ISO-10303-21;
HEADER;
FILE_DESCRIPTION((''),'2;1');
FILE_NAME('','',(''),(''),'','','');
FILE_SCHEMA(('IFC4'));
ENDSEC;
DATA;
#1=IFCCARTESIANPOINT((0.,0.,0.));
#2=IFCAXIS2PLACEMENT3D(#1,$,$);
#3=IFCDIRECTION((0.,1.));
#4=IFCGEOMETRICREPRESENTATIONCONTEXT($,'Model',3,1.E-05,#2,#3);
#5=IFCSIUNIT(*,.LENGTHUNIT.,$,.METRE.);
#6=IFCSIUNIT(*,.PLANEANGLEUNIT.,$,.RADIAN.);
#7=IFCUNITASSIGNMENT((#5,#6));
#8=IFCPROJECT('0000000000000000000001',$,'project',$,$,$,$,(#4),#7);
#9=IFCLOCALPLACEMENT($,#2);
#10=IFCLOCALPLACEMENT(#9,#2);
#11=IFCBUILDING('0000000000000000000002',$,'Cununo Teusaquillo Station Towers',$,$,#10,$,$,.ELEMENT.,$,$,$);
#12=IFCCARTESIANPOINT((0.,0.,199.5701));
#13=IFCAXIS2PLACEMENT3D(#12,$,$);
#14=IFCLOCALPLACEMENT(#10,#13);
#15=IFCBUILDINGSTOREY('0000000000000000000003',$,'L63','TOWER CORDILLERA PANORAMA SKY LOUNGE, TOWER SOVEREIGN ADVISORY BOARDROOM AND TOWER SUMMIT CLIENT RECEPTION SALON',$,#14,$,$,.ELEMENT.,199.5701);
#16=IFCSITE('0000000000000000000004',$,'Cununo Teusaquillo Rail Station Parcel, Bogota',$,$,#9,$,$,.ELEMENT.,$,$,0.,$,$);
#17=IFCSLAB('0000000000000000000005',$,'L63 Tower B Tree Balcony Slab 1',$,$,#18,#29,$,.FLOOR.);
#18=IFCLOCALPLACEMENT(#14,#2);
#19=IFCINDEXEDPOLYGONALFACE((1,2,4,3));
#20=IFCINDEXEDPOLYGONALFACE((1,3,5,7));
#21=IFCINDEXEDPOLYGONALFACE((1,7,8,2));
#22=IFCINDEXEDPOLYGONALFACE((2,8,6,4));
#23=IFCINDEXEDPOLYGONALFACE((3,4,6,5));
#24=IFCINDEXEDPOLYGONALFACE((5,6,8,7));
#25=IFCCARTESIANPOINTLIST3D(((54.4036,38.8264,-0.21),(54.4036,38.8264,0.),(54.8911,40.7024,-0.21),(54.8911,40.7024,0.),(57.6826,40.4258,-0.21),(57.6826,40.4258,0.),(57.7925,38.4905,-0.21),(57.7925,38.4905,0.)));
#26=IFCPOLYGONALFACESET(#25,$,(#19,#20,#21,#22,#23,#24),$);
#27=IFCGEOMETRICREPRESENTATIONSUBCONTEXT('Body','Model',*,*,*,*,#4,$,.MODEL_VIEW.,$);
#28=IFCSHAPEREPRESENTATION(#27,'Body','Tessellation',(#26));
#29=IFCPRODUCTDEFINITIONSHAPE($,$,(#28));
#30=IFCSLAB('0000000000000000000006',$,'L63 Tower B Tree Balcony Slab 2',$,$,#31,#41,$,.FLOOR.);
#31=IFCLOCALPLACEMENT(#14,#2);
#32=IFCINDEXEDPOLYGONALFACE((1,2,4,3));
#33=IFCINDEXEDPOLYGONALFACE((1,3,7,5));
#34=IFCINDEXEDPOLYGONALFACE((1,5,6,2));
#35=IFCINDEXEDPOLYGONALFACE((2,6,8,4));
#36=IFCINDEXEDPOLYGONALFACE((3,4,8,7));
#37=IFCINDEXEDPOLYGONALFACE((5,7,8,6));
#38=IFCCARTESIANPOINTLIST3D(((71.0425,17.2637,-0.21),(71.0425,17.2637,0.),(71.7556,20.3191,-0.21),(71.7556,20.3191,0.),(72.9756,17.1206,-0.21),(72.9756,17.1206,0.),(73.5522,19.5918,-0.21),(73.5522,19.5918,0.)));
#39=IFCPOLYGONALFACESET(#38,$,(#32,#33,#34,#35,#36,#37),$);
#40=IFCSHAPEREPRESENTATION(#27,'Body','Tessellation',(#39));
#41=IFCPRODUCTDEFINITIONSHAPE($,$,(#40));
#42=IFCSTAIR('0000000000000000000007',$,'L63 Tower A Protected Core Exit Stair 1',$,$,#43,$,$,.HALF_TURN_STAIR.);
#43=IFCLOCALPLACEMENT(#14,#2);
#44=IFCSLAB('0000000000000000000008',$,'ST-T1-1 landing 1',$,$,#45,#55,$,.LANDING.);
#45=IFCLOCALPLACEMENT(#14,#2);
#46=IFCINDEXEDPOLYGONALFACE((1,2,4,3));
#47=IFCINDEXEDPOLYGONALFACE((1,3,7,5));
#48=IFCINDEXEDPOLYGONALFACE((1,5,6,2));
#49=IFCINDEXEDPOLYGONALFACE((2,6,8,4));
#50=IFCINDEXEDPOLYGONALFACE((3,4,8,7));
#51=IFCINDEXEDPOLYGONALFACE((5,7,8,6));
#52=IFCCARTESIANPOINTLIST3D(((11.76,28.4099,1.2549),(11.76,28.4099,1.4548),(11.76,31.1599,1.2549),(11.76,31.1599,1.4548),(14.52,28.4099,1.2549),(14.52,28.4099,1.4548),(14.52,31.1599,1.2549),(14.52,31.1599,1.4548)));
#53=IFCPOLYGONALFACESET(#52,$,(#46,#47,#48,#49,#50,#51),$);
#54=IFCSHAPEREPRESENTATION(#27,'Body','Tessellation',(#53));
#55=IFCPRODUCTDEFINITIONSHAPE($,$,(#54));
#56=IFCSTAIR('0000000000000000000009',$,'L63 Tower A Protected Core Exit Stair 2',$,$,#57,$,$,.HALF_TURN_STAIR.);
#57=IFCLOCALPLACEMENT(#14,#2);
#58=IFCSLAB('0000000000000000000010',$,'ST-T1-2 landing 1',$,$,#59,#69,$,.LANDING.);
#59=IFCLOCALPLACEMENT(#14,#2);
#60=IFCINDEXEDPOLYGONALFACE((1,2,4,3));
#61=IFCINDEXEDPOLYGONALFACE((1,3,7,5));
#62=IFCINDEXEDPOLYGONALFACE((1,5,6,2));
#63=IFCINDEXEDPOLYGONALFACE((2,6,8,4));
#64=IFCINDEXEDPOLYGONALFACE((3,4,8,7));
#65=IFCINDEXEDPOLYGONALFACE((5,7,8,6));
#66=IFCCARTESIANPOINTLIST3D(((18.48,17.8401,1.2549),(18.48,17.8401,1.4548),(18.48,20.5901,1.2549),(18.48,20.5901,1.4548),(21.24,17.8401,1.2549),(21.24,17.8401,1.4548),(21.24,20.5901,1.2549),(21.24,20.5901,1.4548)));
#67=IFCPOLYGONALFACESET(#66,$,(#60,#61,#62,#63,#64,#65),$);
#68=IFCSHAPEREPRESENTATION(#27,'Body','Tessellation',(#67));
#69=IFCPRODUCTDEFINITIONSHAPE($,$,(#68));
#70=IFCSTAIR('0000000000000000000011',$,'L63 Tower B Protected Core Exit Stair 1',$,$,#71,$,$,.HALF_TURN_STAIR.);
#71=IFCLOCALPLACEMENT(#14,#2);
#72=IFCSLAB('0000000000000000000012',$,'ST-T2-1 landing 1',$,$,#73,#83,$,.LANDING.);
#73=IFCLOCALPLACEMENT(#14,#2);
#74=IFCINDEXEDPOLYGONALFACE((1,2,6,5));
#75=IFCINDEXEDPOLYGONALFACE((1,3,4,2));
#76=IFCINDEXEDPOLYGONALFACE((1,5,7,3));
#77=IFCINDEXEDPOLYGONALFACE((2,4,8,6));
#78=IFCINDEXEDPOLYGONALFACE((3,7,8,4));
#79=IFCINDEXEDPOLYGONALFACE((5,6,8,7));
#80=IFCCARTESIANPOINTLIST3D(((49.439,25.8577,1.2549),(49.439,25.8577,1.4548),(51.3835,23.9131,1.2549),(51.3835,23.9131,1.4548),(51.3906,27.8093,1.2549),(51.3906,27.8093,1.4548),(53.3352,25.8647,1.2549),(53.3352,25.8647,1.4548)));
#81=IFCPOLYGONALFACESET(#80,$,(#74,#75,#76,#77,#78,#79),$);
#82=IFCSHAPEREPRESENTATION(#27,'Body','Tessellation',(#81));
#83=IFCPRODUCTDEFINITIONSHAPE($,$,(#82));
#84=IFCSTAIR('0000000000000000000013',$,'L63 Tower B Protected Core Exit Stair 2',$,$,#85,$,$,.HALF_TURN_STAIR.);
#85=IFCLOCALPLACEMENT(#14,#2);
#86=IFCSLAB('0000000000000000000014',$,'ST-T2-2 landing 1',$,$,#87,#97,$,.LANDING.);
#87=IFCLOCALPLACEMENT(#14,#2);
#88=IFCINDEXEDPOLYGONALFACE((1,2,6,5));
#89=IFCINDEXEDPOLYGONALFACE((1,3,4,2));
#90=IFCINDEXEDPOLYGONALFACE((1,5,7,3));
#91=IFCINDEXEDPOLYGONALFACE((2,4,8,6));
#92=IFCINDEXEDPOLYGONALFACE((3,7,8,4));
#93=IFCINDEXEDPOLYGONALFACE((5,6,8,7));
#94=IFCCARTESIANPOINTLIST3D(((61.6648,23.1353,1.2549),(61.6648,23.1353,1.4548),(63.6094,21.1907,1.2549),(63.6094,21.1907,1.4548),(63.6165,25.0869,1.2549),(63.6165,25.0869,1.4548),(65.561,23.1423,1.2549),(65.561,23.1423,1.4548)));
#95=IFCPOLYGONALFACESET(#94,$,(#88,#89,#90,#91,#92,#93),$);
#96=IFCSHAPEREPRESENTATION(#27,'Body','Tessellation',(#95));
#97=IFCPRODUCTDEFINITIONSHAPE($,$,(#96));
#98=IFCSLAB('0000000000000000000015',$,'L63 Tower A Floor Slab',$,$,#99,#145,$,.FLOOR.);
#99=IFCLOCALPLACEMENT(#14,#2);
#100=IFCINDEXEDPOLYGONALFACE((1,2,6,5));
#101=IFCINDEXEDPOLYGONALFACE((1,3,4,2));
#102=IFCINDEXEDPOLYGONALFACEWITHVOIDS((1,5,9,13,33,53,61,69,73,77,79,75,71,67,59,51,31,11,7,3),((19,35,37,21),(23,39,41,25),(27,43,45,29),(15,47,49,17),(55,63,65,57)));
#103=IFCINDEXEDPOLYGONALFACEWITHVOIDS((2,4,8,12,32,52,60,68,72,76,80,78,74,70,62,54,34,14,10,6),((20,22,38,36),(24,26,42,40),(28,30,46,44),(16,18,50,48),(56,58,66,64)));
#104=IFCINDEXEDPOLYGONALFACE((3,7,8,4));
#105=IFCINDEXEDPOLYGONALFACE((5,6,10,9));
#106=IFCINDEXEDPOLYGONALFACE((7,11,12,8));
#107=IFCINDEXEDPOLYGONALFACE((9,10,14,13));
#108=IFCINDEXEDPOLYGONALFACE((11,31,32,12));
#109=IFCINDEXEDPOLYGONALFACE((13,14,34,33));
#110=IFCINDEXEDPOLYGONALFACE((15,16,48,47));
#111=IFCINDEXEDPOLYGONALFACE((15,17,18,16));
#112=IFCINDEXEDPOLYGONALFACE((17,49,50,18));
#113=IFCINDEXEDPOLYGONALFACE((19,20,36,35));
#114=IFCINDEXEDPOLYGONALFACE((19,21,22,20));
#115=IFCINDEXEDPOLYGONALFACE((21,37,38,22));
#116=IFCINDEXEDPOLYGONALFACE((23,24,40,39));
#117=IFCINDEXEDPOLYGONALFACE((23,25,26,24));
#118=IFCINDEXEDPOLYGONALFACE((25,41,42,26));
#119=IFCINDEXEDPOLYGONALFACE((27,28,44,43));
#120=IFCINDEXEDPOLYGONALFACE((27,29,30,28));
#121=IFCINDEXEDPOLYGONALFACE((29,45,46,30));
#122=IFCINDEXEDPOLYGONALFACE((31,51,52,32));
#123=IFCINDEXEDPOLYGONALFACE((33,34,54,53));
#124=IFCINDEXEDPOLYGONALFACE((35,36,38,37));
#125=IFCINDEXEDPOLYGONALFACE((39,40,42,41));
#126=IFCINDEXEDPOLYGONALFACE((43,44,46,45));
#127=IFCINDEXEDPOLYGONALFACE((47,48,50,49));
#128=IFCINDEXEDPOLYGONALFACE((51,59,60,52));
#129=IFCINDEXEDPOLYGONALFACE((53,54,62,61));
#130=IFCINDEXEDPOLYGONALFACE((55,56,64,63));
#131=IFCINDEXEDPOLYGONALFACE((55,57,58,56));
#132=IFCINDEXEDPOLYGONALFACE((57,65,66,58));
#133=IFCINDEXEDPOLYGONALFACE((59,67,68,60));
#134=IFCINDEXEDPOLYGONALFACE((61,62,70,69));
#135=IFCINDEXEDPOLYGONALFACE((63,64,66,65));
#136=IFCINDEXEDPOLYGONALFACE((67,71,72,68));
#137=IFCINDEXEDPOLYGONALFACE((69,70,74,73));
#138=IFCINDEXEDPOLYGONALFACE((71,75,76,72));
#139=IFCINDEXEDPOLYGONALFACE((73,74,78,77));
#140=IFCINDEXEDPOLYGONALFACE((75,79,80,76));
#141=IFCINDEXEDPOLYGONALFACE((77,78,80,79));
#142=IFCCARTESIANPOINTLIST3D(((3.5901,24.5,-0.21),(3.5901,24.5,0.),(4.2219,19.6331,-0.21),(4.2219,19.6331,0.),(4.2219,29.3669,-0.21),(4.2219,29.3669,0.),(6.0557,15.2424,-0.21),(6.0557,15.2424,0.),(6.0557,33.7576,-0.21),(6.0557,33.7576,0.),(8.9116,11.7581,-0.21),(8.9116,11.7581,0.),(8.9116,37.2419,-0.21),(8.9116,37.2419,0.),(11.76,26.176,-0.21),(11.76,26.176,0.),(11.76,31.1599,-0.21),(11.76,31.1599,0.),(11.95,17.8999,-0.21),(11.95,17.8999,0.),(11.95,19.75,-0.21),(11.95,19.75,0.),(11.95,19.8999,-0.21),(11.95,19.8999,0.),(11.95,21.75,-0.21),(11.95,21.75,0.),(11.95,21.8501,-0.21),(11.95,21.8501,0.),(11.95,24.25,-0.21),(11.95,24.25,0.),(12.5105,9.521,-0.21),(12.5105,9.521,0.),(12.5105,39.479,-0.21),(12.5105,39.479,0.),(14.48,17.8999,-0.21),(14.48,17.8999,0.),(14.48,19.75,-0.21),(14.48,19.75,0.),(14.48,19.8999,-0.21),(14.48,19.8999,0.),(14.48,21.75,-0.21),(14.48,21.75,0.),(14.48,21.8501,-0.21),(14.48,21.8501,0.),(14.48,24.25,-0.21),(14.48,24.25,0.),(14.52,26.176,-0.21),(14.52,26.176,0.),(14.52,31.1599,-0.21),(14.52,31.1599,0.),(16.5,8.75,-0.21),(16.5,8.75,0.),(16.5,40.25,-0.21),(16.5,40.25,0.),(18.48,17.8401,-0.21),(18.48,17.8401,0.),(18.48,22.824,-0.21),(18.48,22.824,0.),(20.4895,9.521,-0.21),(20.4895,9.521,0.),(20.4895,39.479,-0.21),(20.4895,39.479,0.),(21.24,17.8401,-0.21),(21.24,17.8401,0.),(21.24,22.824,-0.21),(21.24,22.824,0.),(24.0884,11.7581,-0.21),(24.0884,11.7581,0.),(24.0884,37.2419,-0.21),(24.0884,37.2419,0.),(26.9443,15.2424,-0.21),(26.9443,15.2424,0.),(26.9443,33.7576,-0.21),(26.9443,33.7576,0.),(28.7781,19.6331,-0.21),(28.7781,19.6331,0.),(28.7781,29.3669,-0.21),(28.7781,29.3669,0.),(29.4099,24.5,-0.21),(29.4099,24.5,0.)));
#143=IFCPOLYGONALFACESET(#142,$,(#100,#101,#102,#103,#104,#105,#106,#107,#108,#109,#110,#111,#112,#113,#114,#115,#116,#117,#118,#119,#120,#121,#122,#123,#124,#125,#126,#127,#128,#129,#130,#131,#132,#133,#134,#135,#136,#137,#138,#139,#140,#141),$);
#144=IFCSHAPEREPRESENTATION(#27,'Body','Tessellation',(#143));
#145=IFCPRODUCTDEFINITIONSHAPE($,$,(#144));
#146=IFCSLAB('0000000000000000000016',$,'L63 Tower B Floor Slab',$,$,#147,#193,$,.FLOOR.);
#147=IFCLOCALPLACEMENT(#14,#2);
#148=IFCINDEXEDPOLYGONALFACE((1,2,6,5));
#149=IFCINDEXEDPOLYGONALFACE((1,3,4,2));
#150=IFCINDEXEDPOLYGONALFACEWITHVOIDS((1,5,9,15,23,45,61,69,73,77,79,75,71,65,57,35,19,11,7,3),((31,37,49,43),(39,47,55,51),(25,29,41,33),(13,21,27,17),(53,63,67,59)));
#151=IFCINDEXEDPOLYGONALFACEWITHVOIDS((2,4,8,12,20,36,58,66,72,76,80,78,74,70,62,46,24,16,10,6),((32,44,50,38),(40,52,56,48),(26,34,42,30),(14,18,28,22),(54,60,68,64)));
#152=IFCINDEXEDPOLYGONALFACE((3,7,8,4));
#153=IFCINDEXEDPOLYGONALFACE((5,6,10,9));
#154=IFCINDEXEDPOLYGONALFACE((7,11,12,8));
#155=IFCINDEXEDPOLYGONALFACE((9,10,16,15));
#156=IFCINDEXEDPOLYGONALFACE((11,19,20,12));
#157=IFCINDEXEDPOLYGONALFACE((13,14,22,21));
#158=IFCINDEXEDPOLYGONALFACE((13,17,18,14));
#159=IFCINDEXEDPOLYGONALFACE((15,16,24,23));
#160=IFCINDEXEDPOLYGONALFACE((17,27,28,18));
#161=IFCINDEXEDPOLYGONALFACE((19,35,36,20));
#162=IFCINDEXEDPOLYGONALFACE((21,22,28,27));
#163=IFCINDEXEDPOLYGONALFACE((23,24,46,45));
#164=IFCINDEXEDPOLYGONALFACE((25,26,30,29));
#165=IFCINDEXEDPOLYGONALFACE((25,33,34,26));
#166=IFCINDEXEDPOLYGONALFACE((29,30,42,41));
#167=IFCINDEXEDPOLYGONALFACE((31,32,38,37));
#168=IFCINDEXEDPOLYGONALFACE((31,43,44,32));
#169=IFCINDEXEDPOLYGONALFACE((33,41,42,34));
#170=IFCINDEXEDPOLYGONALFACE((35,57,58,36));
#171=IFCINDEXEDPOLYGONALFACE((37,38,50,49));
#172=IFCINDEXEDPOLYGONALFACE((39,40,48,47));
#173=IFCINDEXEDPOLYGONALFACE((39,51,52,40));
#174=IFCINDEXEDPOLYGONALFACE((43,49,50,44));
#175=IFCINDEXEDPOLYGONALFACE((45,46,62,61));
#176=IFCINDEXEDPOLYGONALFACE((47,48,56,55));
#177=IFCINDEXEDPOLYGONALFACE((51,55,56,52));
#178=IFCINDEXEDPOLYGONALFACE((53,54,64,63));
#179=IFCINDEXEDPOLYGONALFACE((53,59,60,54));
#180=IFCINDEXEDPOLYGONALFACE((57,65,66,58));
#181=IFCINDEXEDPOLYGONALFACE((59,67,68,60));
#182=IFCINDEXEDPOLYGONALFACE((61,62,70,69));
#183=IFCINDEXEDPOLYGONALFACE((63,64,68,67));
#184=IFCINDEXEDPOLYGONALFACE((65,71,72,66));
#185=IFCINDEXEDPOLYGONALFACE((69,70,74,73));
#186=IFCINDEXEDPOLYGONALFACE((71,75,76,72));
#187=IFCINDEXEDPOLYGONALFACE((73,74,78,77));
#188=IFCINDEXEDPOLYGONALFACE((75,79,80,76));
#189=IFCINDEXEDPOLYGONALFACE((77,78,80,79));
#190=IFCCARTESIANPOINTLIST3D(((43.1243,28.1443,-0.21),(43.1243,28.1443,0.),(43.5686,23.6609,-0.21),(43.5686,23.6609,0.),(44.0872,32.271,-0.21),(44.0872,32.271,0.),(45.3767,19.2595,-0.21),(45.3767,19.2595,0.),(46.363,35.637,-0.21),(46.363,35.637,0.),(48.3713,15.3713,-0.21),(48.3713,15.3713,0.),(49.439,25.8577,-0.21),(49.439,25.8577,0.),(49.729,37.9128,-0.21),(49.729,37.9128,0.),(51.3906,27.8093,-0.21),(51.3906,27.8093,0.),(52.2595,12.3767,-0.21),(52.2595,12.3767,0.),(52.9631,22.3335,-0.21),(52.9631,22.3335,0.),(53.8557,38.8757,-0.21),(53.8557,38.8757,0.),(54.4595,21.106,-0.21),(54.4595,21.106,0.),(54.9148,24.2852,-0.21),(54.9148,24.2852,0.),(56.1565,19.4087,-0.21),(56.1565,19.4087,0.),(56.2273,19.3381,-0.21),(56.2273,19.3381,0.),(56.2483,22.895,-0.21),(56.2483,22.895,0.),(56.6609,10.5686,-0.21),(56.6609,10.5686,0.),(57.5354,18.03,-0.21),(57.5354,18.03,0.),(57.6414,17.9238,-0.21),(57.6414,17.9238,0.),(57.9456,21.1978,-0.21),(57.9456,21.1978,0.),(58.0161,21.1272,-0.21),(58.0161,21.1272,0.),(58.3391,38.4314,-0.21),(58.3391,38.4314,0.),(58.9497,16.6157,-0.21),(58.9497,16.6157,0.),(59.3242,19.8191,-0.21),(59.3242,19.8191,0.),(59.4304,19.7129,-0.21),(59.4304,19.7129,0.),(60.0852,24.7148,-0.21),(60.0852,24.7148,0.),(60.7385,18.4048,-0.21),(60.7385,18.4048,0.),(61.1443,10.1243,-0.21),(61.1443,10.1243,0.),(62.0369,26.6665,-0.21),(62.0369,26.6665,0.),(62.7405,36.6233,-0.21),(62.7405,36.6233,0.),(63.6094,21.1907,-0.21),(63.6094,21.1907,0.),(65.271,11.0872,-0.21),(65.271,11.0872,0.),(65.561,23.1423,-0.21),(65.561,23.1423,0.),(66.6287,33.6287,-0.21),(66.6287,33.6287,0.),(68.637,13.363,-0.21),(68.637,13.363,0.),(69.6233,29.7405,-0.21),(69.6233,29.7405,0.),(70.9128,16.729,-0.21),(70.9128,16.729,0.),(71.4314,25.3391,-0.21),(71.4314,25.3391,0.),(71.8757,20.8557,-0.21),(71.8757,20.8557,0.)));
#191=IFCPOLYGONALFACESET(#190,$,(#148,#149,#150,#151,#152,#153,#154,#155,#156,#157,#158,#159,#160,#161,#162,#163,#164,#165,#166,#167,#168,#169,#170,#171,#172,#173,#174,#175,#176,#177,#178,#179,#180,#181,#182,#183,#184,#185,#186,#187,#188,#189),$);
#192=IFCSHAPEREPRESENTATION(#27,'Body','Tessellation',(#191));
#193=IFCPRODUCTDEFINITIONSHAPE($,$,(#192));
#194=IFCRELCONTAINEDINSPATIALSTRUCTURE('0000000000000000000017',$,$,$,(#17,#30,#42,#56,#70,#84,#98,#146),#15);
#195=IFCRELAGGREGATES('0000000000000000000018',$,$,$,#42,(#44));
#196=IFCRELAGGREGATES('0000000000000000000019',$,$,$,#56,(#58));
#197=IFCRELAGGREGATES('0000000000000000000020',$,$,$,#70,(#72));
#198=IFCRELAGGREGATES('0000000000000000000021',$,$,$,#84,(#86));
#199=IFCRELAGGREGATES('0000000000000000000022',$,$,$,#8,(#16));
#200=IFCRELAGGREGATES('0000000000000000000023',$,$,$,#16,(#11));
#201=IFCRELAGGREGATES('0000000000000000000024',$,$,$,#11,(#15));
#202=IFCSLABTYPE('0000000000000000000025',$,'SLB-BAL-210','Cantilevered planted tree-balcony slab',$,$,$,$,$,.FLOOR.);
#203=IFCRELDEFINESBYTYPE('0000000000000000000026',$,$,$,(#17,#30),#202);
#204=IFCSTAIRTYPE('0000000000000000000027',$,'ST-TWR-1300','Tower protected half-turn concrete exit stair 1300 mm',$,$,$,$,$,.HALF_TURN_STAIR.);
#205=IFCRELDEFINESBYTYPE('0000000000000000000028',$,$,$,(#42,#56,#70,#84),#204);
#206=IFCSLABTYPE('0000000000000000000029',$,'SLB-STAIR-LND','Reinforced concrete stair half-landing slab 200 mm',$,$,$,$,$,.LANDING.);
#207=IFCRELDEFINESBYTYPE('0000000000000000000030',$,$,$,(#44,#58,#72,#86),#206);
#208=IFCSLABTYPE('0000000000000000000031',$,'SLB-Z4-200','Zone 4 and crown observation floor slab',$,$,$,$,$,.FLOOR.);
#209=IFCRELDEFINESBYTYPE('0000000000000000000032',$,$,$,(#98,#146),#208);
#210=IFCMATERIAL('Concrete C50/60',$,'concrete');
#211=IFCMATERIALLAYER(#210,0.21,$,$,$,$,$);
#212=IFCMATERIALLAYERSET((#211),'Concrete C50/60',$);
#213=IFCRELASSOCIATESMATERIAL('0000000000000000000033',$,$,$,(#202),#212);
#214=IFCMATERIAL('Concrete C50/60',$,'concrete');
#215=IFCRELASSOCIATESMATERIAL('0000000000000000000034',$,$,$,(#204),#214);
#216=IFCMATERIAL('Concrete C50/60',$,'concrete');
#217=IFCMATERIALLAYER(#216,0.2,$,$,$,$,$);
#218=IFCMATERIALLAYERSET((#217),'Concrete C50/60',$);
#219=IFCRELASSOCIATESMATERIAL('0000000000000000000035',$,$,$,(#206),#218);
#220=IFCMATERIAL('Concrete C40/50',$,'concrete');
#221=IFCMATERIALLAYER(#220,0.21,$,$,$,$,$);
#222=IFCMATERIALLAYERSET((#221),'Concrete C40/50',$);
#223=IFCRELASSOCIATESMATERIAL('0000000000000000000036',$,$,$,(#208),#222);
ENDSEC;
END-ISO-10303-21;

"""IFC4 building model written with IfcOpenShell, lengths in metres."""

from ifc_helpers import new_model, si_unit, direction, frame, origin, place, context, subcontext, project, spatial, polyline, outline, extrude, material, layer, layer_set, type_object, element, aggregate, save


model = new_model("IFC4")

# Units and contexts
model_context = context("Model", 3, precision=1e-05, world=origin(), true_north=direction((0.0, 1.0)))
body_context = subcontext(model_context, "Body", "Model", "MODEL_VIEW")
ifc_project = project(units=[si_unit("LENGTHUNIT", "METRE"), si_unit("PLANEANGLEUNIT", "RADIAN")], contexts=[model_context])

# Site, building, storey
site_placement = place(None, origin())
site = spatial("IfcSite", under=ifc_project, at=site_placement, Name="Cununo Teusaquillo Rail Station Parcel, Bogota", CompositionType="ELEMENT", RefElevation=0.0)
building_placement = place(site_placement, origin())
building = spatial("IfcBuilding", under=site, at=building_placement, Name="Cununo Teusaquillo Station Towers", CompositionType="ELEMENT")
storey_placement = place(building_placement, frame((0.0, 0.0, 199.5701)))
storey = spatial("IfcBuildingStorey", under=building, at=storey_placement, Name="L63", Description="TOWER CORDILLERA PANORAMA SKY LOUNGE, TOWER SOVEREIGN ADVISORY BOARDROOM AND TOWER SUMMIT CLIENT RECEPTION SALON", CompositionType="ELEMENT", Elevation=199.5701)

# Slabs
ifc_material_1 = material(Name="Concrete C50/60", Category="concrete")
ifc_layer_1 = layer(ifc_material_1, 0.21)
ifc_layer_set_1 = layer_set([ifc_layer_1], Name="Concrete C50/60")
slab_type_1 = type_object("IfcSlabType", Name="SLB-BAL-210", Description="Cantilevered planted tree-balcony slab", PredefinedType="FLOOR", material=ifc_layer_set_1)
slab_1_placement = place(storey_placement, frame((0.0, 0.0, -0.21)))
element("IfcSlab", 1, at=slab_1_placement, inside=storey, type_object=slab_type_1, Name="L63 Tower B Tree Balcony Slab 1", PredefinedType="FLOOR", context=body_context, shape_type="SweptSolid", body=[
    extrude(outline(polyline([(57.7925, 38.4905), (54.4036, 38.8264), (54.8911, 40.7024), (57.6826, 40.4258), (57.7925, 38.4905)])), origin(), (0.0, 0.0, 1.0), 0.21),
])
slab_2_placement = place(storey_placement, frame((0.0, 0.0, -0.21)))
element("IfcSlab", 2, at=slab_2_placement, inside=storey, type_object=slab_type_1, Name="L63 Tower B Tree Balcony Slab 2", PredefinedType="FLOOR", context=body_context, shape_type="SweptSolid", body=[
    extrude(outline(polyline([(71.0425, 17.2637), (71.7556, 20.3191), (73.5522, 19.5918), (72.9756, 17.1206), (71.0425, 17.2637)])), origin(), (0.0, 0.0, 1.0), 0.21),
])

# Stairs, slabs
ifc_material_2 = material(Name="Concrete C50/60", Category="concrete")
stair_type = type_object("IfcStairType", Name="ST-TWR-1300", Description="Tower protected half-turn concrete exit stair 1300 mm", PredefinedType="HALF_TURN_STAIR", material=ifc_material_2)
stair_1_placement = place(storey_placement, origin())
stair_1 = element("IfcStair", 3, at=stair_1_placement, inside=storey, type_object=stair_type, Name="L63 Tower A Protected Core Exit Stair 1", PredefinedType="HALF_TURN_STAIR")
ifc_material_3 = material(Name="Concrete C50/60", Category="concrete")
ifc_layer_2 = layer(ifc_material_3, 0.2)
ifc_layer_set_2 = layer_set([ifc_layer_2], Name="Concrete C50/60")
slab_type_2 = type_object("IfcSlabType", Name="SLB-STAIR-LND", Description="Reinforced concrete stair half-landing slab 200 mm", PredefinedType="LANDING", material=ifc_layer_set_2)
slab_3_placement = place(storey_placement, frame((0.0, 0.0, 1.2549)))
slab_3 = element("IfcSlab", 4, at=slab_3_placement, type_object=slab_type_2, Name="ST-T1-1 landing 1", PredefinedType="LANDING", context=body_context, shape_type="SweptSolid", body=[
    extrude(outline(polyline([(14.52, 28.4099), (14.52, 31.1599), (11.76, 31.1599), (11.76, 28.4099), (14.52, 28.4099)])), origin(), (0.0, 0.0, 1.0), 0.2),
])
aggregate(stair_1, [slab_3])
stair_2_placement = place(storey_placement, origin())
stair_2 = element("IfcStair", 5, at=stair_2_placement, inside=storey, type_object=stair_type, Name="L63 Tower A Protected Core Exit Stair 2", PredefinedType="HALF_TURN_STAIR")
slab_4_placement = place(storey_placement, frame((0.0, 0.0, 1.2549)))
slab_4 = element("IfcSlab", 6, at=slab_4_placement, type_object=slab_type_2, Name="ST-T1-2 landing 1", PredefinedType="LANDING", context=body_context, shape_type="SweptSolid", body=[
    extrude(outline(polyline([(18.48, 20.5901), (18.48, 17.8401), (21.24, 17.8401), (21.24, 20.5901), (18.48, 20.5901)])), origin(), (0.0, 0.0, 1.0), 0.2),
])
aggregate(stair_2, [slab_4])
stair_3_placement = place(storey_placement, origin())
stair_3 = element("IfcStair", 7, at=stair_3_placement, inside=storey, type_object=stair_type, Name="L63 Tower B Protected Core Exit Stair 1", PredefinedType="HALF_TURN_STAIR")
slab_5_placement = place(storey_placement, frame((0.0, 0.0, 1.2549)))
slab_5 = element("IfcSlab", 8, at=slab_5_placement, type_object=slab_type_2, Name="ST-T2-1 landing 1", PredefinedType="LANDING", context=body_context, shape_type="SweptSolid", body=[
    extrude(outline(polyline([(53.3352, 25.8647), (51.3906, 27.8093), (49.439, 25.8577), (51.3835, 23.9131), (53.3352, 25.8647)])), origin(), (0.0, 0.0, 1.0), 0.2),
])
aggregate(stair_3, [slab_5])
stair_4_placement = place(storey_placement, origin())
stair_4 = element("IfcStair", 9, at=stair_4_placement, inside=storey, type_object=stair_type, Name="L63 Tower B Protected Core Exit Stair 2", PredefinedType="HALF_TURN_STAIR")
slab_6_placement = place(storey_placement, frame((0.0, 0.0, 1.2549)))
slab_6 = element("IfcSlab", 10, at=slab_6_placement, type_object=slab_type_2, Name="ST-T2-2 landing 1", PredefinedType="LANDING", context=body_context, shape_type="SweptSolid", body=[
    extrude(outline(polyline([(61.6648, 23.1353), (63.6094, 21.1907), (65.561, 23.1423), (63.6165, 25.0869), (61.6648, 23.1353)])), origin(), (0.0, 0.0, 1.0), 0.2),
])
aggregate(stair_4, [slab_6])

# Slabs
ifc_material_4 = material(Name="Concrete C40/50", Category="concrete")
ifc_layer_3 = layer(ifc_material_4, 0.21)
ifc_layer_set_3 = layer_set([ifc_layer_3], Name="Concrete C40/50")
slab_type_3 = type_object("IfcSlabType", Name="SLB-Z4-200", Description="Zone 4 and crown observation floor slab", PredefinedType="FLOOR", material=ifc_layer_set_3)
slab_7_placement = place(storey_placement, frame((0.0, 0.0, -0.21)))
element("IfcSlab", 11, at=slab_7_placement, inside=storey, type_object=slab_type_3, Name="L63 Tower A Floor Slab", PredefinedType="FLOOR", context=body_context, shape_type="SweptSolid", body=[
    extrude(outline(polyline([(29.4099, 24.5), (28.7781, 29.3669), (26.9443, 33.7576), (24.0884, 37.2419), (20.4895, 39.479), (16.5, 40.25), (12.5105, 39.479), (8.9116, 37.2419), (6.0557, 33.7576), (4.2219, 29.3669), (3.5901, 24.5), (4.2219, 19.6331), (6.0557, 15.2424), (8.9116, 11.7581), (12.5105, 9.521), (16.5, 8.75), (20.4895, 9.521), (24.0884, 11.7581), (26.9443, 15.2424), (28.7781, 19.6331), (29.4099, 24.5)]), holes=[polyline([(14.52, 26.176), (14.52, 31.1599), (11.76, 31.1599), (11.76, 26.176), (14.52, 26.176)]), polyline([(18.48, 22.824), (18.48, 17.8401), (21.24, 17.8401), (21.24, 22.824), (18.48, 22.824)]), polyline([(11.95, 21.8501), (14.48, 21.8501), (14.48, 24.25), (11.95, 24.25), (11.95, 21.8501)]), polyline([(11.95, 17.8999), (14.48, 17.8999), (14.48, 19.75), (11.95, 19.75), (11.95, 17.8999)]), polyline([(11.95, 19.8999), (14.48, 19.8999), (14.48, 21.75), (11.95, 21.75), (11.95, 19.8999)])]), origin(), (0.0, 0.0, 1.0), 0.21),
])
slab_8_placement = place(storey_placement, frame((0.0, 0.0, -0.21)))
element("IfcSlab", 12, at=slab_8_placement, inside=storey, type_object=slab_type_3, Name="L63 Tower B Floor Slab", PredefinedType="FLOOR", context=body_context, shape_type="SweptSolid", body=[
    extrude(outline(polyline([(66.6287, 33.6287), (62.7405, 36.6233), (58.3391, 38.4314), (53.8557, 38.8757), (49.729, 37.9128), (46.363, 35.637), (44.0872, 32.271), (43.1243, 28.1443), (43.5686, 23.6609), (45.3767, 19.2595), (48.3713, 15.3713), (52.2595, 12.3767), (56.6609, 10.5686), (61.1443, 10.1243), (65.271, 11.0872), (68.637, 13.363), (70.9128, 16.729), (71.8757, 20.8557), (71.4314, 25.3391), (69.6233, 29.7405), (66.6287, 33.6287)]), holes=[polyline([(54.9148, 24.2852), (51.3906, 27.8093), (49.439, 25.8577), (52.9631, 22.3335), (54.9148, 24.2852)]), polyline([(60.0852, 24.7148), (63.6094, 21.1907), (65.561, 23.1423), (62.0369, 26.6665), (60.0852, 24.7148)]), polyline([(56.1565, 19.4087), (57.9456, 21.1978), (56.2483, 22.895), (54.4595, 21.106), (56.1565, 19.4087)]), polyline([(58.9497, 16.6157), (60.7385, 18.4048), (59.4304, 19.7129), (57.6414, 17.9238), (58.9497, 16.6157)]), polyline([(57.5354, 18.03), (59.3242, 19.8191), (58.0161, 21.1272), (56.2273, 19.3381), (57.5354, 18.03)])]), origin(), (0.0, 0.0, 1.0), 0.21),
])

save(model, "model.ifc")
